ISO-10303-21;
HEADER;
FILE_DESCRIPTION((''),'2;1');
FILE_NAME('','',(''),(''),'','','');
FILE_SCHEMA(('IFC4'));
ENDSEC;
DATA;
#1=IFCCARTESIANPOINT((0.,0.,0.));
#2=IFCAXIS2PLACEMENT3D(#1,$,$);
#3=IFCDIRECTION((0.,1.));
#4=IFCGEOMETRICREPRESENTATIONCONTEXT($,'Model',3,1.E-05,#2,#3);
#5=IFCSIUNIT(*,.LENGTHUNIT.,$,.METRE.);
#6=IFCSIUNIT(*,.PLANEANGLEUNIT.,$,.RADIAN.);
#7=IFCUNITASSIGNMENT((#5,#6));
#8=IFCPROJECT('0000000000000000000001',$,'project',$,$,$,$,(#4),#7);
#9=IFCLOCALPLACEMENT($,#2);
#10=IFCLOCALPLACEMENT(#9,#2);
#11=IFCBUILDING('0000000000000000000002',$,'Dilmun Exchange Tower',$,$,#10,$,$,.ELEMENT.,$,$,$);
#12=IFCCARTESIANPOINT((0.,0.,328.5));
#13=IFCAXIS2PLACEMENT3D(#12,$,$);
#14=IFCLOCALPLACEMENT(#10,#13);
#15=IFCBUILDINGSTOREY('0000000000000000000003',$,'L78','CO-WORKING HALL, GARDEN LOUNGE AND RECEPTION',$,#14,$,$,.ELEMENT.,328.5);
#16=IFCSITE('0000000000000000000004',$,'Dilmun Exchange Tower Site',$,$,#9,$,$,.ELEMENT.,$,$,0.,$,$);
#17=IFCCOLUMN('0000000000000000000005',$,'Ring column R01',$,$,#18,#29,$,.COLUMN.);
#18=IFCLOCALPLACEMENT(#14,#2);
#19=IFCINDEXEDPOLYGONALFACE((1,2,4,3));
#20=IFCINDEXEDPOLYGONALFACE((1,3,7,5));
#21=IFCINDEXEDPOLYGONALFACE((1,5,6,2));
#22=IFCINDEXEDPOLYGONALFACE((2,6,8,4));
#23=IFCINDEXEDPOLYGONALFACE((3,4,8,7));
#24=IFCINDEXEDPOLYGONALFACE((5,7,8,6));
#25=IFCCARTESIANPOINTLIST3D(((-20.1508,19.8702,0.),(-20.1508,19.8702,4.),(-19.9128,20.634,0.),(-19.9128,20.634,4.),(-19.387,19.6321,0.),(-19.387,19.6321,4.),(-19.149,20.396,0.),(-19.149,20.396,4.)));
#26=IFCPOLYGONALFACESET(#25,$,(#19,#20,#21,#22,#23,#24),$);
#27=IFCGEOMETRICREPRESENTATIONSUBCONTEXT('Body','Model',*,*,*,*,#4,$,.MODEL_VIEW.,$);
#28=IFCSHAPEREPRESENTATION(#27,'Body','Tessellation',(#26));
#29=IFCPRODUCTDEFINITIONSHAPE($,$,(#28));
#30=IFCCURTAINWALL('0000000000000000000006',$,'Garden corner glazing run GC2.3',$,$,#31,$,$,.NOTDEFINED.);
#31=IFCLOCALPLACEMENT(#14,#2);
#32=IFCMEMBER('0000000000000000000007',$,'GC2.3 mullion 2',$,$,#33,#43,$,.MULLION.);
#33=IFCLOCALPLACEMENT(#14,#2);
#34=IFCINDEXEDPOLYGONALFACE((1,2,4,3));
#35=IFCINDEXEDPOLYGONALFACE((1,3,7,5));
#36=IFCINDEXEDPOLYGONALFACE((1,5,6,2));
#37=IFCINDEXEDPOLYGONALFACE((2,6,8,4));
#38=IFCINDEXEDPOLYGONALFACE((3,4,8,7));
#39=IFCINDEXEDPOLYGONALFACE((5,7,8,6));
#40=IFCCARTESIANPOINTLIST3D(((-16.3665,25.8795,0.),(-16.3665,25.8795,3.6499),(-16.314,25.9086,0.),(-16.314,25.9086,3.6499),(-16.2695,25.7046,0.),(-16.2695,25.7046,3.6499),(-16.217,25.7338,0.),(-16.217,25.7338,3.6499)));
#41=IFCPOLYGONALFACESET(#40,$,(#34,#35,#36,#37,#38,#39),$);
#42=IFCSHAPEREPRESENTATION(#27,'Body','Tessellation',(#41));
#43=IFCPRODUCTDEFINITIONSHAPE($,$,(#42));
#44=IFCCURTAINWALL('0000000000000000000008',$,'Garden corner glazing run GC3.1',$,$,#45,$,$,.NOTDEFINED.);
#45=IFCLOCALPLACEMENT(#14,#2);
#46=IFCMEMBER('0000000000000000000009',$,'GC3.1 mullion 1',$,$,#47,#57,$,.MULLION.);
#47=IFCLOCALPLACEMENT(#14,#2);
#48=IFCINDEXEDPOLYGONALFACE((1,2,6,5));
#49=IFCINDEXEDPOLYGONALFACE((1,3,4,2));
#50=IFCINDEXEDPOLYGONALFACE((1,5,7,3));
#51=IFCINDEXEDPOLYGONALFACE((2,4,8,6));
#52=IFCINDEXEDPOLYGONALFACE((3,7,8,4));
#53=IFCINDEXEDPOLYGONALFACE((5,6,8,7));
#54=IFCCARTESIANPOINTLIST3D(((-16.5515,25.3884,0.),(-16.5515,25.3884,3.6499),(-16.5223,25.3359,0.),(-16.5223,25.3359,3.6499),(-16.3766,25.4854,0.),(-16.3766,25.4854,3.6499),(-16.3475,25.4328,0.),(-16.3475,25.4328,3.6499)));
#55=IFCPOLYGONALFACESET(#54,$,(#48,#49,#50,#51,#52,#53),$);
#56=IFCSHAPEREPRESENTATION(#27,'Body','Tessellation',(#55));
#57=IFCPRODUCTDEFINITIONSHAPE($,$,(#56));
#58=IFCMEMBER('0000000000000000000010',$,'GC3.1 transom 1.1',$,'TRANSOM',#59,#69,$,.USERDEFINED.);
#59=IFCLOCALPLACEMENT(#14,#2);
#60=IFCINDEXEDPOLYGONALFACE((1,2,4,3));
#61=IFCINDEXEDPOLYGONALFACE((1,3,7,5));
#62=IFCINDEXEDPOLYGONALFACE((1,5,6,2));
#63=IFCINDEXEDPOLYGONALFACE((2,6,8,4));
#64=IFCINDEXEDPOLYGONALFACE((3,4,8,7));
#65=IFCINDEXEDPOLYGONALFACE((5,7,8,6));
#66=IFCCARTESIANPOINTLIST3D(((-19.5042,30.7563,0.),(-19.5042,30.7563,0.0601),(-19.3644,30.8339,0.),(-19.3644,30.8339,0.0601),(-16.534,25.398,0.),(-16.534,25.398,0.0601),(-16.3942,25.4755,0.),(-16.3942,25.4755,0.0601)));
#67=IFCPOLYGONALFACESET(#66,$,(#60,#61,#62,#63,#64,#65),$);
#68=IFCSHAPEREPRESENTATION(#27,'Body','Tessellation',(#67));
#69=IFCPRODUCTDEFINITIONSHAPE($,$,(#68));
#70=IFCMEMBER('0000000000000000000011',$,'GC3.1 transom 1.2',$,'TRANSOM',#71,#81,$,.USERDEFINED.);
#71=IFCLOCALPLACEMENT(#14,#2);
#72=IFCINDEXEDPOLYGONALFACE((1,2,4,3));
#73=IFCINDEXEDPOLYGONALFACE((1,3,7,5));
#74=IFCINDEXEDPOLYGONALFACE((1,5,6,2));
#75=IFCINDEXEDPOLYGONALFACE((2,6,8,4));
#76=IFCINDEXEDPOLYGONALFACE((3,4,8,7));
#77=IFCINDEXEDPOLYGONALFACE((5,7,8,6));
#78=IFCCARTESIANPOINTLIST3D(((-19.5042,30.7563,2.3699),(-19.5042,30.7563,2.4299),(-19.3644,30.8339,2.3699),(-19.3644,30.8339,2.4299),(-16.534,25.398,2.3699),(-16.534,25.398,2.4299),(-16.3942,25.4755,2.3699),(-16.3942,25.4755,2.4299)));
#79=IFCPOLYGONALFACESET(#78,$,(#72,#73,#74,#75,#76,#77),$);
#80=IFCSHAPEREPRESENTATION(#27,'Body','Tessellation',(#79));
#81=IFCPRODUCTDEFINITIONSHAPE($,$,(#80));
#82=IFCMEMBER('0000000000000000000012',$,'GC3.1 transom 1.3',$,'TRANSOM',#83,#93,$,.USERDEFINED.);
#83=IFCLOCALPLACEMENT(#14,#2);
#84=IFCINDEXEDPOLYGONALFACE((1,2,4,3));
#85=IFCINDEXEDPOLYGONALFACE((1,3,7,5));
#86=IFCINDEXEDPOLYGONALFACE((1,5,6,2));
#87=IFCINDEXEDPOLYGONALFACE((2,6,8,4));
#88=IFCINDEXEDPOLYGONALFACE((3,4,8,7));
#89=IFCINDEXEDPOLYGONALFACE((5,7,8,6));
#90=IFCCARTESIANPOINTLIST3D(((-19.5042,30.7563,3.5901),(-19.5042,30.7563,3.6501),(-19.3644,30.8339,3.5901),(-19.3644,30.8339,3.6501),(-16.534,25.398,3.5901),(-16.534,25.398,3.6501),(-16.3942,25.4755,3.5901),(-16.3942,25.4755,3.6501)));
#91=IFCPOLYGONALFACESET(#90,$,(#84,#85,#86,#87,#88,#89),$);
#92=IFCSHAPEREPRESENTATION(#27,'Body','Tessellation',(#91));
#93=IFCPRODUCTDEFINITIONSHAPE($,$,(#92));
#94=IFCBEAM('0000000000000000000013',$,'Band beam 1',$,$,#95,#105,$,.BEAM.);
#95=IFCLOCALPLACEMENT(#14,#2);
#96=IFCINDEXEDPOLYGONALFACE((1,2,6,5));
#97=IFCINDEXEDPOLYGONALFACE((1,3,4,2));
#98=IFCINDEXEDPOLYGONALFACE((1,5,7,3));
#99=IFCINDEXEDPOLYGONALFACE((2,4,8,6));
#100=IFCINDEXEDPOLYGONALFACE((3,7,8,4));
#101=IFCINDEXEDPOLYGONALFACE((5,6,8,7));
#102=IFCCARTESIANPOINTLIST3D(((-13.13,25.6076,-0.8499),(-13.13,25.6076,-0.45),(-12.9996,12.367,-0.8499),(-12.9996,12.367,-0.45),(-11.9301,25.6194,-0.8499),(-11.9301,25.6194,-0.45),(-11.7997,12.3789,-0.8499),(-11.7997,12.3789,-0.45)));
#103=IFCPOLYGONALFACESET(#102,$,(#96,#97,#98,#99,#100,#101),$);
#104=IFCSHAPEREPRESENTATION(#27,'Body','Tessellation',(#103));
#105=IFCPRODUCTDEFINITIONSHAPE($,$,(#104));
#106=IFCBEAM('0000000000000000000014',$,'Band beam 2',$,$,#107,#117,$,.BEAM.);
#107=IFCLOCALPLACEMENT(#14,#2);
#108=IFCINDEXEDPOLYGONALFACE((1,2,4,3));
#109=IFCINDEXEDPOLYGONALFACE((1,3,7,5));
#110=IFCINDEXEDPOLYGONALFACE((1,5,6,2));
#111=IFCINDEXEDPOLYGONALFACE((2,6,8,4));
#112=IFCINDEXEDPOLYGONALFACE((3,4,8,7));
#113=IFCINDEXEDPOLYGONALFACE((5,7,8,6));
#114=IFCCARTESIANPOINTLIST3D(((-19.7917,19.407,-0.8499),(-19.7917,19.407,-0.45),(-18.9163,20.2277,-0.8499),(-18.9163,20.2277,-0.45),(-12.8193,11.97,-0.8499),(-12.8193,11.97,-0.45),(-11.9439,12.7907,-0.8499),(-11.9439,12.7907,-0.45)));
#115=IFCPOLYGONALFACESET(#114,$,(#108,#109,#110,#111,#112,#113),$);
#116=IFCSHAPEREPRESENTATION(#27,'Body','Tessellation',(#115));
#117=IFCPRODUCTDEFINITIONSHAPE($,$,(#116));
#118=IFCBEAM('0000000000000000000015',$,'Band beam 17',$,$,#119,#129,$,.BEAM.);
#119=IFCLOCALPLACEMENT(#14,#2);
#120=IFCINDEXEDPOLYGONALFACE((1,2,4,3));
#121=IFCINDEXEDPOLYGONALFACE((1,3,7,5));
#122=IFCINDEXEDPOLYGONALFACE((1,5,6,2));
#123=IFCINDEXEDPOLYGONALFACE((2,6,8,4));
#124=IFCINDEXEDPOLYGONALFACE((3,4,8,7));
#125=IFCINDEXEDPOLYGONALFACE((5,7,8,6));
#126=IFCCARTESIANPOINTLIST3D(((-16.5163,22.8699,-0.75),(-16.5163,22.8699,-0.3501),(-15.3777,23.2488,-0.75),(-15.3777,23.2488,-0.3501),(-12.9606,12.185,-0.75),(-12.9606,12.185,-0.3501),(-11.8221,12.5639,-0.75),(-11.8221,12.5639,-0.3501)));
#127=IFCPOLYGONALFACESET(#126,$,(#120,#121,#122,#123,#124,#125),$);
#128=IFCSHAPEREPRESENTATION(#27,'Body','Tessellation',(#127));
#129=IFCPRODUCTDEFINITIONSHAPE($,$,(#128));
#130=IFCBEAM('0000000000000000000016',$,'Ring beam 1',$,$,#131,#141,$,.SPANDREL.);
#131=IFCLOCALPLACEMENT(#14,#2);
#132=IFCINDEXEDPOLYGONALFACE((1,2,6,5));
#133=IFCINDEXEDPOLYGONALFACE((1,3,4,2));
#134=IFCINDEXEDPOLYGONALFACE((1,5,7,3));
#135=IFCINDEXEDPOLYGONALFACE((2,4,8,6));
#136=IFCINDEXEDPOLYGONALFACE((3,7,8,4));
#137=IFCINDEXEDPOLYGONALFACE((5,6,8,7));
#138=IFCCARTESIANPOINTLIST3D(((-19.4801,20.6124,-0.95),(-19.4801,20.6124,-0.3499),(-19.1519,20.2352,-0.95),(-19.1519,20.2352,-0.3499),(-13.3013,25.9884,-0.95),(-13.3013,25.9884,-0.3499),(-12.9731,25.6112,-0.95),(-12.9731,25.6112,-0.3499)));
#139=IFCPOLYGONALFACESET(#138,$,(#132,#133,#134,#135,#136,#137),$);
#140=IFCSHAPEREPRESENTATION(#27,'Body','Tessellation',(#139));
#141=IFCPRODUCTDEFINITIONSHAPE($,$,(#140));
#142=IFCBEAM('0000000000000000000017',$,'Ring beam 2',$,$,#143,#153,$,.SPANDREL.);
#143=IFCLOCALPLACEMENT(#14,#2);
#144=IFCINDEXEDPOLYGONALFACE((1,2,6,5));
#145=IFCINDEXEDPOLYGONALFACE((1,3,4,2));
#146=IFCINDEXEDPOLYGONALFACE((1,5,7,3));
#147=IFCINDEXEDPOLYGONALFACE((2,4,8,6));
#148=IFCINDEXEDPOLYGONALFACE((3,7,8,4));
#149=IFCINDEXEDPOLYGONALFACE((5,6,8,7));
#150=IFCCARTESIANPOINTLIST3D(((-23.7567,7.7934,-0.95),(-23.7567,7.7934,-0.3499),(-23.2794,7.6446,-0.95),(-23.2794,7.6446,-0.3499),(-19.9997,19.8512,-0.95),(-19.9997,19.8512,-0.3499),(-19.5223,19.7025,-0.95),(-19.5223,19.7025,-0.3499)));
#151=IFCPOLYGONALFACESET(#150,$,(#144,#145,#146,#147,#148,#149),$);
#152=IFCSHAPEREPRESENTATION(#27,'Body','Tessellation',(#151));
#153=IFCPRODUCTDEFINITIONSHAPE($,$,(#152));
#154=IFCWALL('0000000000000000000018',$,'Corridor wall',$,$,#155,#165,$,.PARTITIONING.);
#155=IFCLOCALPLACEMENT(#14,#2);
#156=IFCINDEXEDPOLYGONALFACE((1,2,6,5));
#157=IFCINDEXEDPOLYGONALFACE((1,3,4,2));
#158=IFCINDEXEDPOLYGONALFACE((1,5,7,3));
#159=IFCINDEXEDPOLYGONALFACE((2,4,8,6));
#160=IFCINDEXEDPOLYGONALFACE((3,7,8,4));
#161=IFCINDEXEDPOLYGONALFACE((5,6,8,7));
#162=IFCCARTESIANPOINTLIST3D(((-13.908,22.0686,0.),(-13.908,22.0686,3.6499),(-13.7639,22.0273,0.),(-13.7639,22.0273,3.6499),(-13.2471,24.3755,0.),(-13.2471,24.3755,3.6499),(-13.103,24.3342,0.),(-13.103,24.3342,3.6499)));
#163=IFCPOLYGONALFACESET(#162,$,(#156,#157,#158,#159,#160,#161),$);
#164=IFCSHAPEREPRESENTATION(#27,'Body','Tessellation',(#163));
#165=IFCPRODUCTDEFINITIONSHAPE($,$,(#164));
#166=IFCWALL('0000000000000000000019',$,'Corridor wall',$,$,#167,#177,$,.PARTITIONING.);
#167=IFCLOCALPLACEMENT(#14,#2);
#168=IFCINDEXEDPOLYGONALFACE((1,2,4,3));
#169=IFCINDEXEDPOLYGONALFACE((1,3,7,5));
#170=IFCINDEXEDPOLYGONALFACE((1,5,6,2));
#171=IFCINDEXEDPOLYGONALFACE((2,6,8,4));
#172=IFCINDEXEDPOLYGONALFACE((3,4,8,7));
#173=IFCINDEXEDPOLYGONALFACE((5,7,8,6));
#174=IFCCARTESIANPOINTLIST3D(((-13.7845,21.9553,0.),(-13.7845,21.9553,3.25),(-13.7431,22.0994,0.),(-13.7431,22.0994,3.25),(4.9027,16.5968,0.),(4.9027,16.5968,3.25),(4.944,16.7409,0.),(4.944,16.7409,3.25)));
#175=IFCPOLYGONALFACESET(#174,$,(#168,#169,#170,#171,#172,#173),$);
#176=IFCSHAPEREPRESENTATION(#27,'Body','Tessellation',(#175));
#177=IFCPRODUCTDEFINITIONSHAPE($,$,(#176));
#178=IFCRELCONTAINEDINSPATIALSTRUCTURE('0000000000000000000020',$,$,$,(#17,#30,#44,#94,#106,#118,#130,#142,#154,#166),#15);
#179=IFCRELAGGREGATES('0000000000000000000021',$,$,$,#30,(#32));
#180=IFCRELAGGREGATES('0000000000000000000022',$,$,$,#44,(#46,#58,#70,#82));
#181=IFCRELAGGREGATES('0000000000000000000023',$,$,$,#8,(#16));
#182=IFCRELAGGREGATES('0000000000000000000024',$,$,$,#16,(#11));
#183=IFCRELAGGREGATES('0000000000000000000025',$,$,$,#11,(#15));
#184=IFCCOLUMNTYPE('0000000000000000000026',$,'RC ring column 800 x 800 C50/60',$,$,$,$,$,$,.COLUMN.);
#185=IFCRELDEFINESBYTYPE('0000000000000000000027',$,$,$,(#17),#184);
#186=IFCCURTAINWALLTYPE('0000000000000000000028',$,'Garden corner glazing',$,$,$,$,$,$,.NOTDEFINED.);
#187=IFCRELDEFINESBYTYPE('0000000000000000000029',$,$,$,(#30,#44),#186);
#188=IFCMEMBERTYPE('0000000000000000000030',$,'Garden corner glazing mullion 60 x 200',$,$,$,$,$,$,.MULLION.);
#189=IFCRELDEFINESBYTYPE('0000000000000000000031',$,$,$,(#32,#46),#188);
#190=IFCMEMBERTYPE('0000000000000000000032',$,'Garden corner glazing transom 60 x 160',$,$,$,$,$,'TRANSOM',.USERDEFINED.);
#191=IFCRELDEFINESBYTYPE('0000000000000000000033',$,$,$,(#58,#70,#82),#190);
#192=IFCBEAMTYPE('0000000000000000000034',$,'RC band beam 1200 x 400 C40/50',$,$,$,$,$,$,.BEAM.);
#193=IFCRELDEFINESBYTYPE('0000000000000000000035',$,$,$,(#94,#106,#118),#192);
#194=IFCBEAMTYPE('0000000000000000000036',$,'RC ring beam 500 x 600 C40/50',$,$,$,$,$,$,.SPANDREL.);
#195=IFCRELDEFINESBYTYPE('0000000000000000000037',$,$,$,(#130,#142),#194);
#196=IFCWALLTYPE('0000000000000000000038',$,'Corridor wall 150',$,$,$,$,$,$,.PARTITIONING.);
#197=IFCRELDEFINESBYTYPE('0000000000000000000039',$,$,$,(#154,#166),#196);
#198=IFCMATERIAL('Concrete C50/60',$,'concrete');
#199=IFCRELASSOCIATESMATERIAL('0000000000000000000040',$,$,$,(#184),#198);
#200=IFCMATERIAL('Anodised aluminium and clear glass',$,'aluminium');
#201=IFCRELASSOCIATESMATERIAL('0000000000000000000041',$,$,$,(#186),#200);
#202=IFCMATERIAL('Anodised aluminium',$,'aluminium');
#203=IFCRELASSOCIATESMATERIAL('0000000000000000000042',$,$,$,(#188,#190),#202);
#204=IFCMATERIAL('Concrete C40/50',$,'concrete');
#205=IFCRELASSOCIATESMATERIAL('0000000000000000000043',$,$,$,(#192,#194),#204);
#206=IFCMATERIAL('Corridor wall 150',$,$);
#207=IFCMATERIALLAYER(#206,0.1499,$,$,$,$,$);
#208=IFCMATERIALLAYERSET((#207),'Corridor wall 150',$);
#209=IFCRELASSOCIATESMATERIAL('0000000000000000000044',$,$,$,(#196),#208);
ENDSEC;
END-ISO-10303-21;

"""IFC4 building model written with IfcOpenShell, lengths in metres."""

from ifc_helpers import new_model, si_unit, direction, frame, frame_2d, origin, origin_2d, place, context, subcontext, project, spatial, rectangle, extrude, material, layer, layer_set, material_profile, profile_set, type_object, element, aggregate, save


model = new_model("IFC4")

# Units and contexts
model_context = context("Model", 3, precision=1e-05, world=origin(), true_north=direction((0.0, 1.0)))
body_context = subcontext(model_context, "Body", "Model", "MODEL_VIEW")
ifc_project = project(units=[si_unit("LENGTHUNIT", "METRE"), si_unit("PLANEANGLEUNIT", "RADIAN")], contexts=[model_context])

# Site, building, storey
site_placement = place(None, origin())
site = spatial("IfcSite", under=ifc_project, at=site_placement, Name="Dilmun Exchange Tower Site", CompositionType="ELEMENT", RefElevation=0.0)
building_placement = place(site_placement, origin())
building = spatial("IfcBuilding", under=site, at=building_placement, Name="Dilmun Exchange Tower", CompositionType="ELEMENT")
storey_placement = place(building_placement, frame((0.0, 0.0, 328.5)))
storey = spatial("IfcBuildingStorey", under=building, at=storey_placement, Name="L78", Description="CO-WORKING HALL, GARDEN LOUNGE AND RECEPTION", CompositionType="ELEMENT", Elevation=328.5)

# Column
ifc_material_1 = material(Name="Concrete C50/60", Category="concrete")
ifc_material_profile_1 = material_profile(ifc_material_1, rectangle(XDim=0.8, YDim=0.8, at=origin_2d()), Name="800 x 800")
ifc_profile_set_1 = profile_set([ifc_material_profile_1], Name="Concrete C50/60")
column_type = type_object("IfcColumnType", Name="RC ring column 800 x 800 C50/60", PredefinedType="COLUMN", material=ifc_profile_set_1)
column_placement = place(storey_placement, frame((-19.6499, 20.1331, 0.0), z_axis=(0.0, 0.0, 1.0), x_axis=(0.297503, 0.954721, 0.0)))
element("IfcColumn", 1, at=column_placement, inside=storey, type_object=column_type, Name="Ring column R01", PredefinedType="COLUMN", context=body_context, shape_type="SweptSolid", body=[
    extrude(rectangle(XDim=0.8, YDim=0.8, at=origin_2d()), origin(), (0.0, 0.0, 1.0), 4.0),
])

# Curtain wall, member
ifc_material_2 = material(Name="Anodised aluminium and clear glass", Category="aluminium")
curtain_wall_type = type_object("IfcCurtainWallType", Name="Garden corner glazing", PredefinedType="NOTDEFINED", material=ifc_material_2)
curtain_wall_1_placement = place(storey_placement, origin())
curtain_wall_1 = element("IfcCurtainWall", 2, at=curtain_wall_1_placement, inside=storey, type_object=curtain_wall_type, Name="Garden corner glazing run GC2.3", PredefinedType="NOTDEFINED")
ifc_material_3 = material(Name="Anodised aluminium", Category="aluminium")
ifc_material_profile_2 = material_profile(ifc_material_3, rectangle(XDim=0.2, YDim=0.0601, at=origin_2d()), Name="AL 60x200")
ifc_profile_set_2 = profile_set([ifc_material_profile_2], Name="Anodised aluminium")
member_type_1 = type_object("IfcMemberType", Name="Garden corner glazing mullion 60 x 200", PredefinedType="MULLION", material=ifc_profile_set_2)
member_1_placement = place(storey_placement, frame((-16.2917, 25.8066, 0.0), z_axis=(0.0, 0.0, 1.0), x_axis=(0.484812, -0.874618, 0.0)))
member_1 = element("IfcMember", 3, at=member_1_placement, type_object=member_type_1, Name="GC2.3 mullion 2", PredefinedType="MULLION", context=body_context, shape_type="SweptSolid", body=[
    extrude(rectangle(XDim=0.2, YDim=0.0601, at=origin_2d()), origin(), (0.0, 0.0, 1.0), 3.6499),
])
aggregate(curtain_wall_1, [member_1])

# Curtain wall, members
curtain_wall_2_placement = place(storey_placement, origin())
curtain_wall_2 = element("IfcCurtainWall", 4, at=curtain_wall_2_placement, inside=storey, type_object=curtain_wall_type, Name="Garden corner glazing run GC3.1", PredefinedType="NOTDEFINED")
member_2_placement = place(storey_placement, frame((-16.4495, 25.4106, 0.0), z_axis=(0.0, 0.0, 1.0), x_axis=(-0.874624, -0.484803, 0.0)))
member_2 = element("IfcMember", 5, at=member_2_placement, type_object=member_type_1, Name="GC3.1 mullion 1", PredefinedType="MULLION", context=body_context, shape_type="SweptSolid", body=[
    extrude(rectangle(XDim=0.2, YDim=0.0601, at=origin_2d()), origin(), (0.0, 0.0, 1.0), 3.6499),
])
ifc_material_profile_3 = material_profile(ifc_material_3, rectangle(XDim=0.1599, YDim=0.0601, at=origin_2d()), Name="AL 60x160")
ifc_profile_set_3 = profile_set([ifc_material_profile_3], Name="Anodised aluminium")
member_type_2 = type_object("IfcMemberType", Name="Garden corner glazing transom 60 x 160", ElementType="TRANSOM", PredefinedType="USERDEFINED", material=ifc_profile_set_3)
member_3_placement = place(storey_placement, frame((-16.4641, 25.4368, 0.03), z_axis=(-0.48481, 0.874619, 0.0), x_axis=(-0.874619, -0.48481, 0.0)))
member_3 = element("IfcMember", 6, at=member_3_placement, type_object=member_type_2, Name="GC3.1 transom 1.1", ObjectType="TRANSOM", PredefinedType="USERDEFINED", context=body_context, shape_type="SweptSolid", body=[
    extrude(rectangle(XDim=0.1599, YDim=0.0601, at=origin_2d()), origin(), (0.0, 0.0, 1.0), 6.1265),
])
member_4_placement = place(storey_placement, frame((-16.4641, 25.4368, 2.3999), z_axis=(-0.48481, 0.874619, 0.0), x_axis=(-0.874619, -0.48481, 0.0)))
member_4 = element("IfcMember", 7, at=member_4_placement, type_object=member_type_2, Name="GC3.1 transom 1.2", ObjectType="TRANSOM", PredefinedType="USERDEFINED", context=body_context, shape_type="SweptSolid", body=[
    extrude(rectangle(XDim=0.1599, YDim=0.0601, at=origin_2d()), origin(), (0.0, 0.0, 1.0), 6.1265),
])
member_5_placement = place(storey_placement, frame((-16.4641, 25.4368, 3.6201), z_axis=(-0.48481, 0.874619, 0.0), x_axis=(-0.874619, -0.48481, 0.0)))
member_5 = element("IfcMember", 8, at=member_5_placement, type_object=member_type_2, Name="GC3.1 transom 1.3", ObjectType="TRANSOM", PredefinedType="USERDEFINED", context=body_context, shape_type="SweptSolid", body=[
    extrude(rectangle(XDim=0.1599, YDim=0.0601, at=origin_2d()), origin(), (0.0, 0.0, 1.0), 6.1265),
])
aggregate(curtain_wall_2, [member_2, member_3, member_4, member_5])

# Beams
ifc_material_4 = material(Name="Concrete C40/50", Category="concrete")
ifc_material_profile_4 = material_profile(ifc_material_4, rectangle(XDim=1.2, YDim=0.3999, at=origin_2d()), Name="1200 x 400")
ifc_profile_set_4 = profile_set([ifc_material_profile_4], Name="Concrete C40/50")
beam_type_1 = type_object("IfcBeamType", Name="RC band beam 1200 x 400 C40/50", PredefinedType="BEAM", material=ifc_profile_set_4)
beam_1_placement = place(storey_placement, frame((-12.53, 25.6135, -0.6499), z_axis=(0.009846, -0.999952, 0.0), x_axis=(0.999952, 0.009846, 0.0)))
element("IfcBeam", 9, at=beam_1_placement, inside=storey, type_object=beam_type_1, Name="Band beam 1", PredefinedType="BEAM", context=body_context, shape_type="SweptSolid", body=[
    extrude(rectangle(XDim=1.2, YDim=0.3999, at=origin_2d()), origin(), (0.0, 0.0, 1.0), 13.2412),
])
beam_2_placement = place(storey_placement, frame((-19.354, 19.8174, -0.6499), z_axis=(0.683952, -0.729527, 0.0), x_axis=(0.729527, 0.683952, 0.0)))
element("IfcBeam", 10, at=beam_2_placement, inside=storey, type_object=beam_type_1, Name="Band beam 2", PredefinedType="BEAM", context=body_context, shape_type="SweptSolid", body=[
    extrude(rectangle(XDim=1.2, YDim=0.3999, at=origin_2d()), origin(), (0.0, 0.0, 1.0), 10.1943),
])
beam_3_placement = place(storey_placement, frame((-15.947, 23.0593, -0.55), z_axis=(0.315753, -0.948841, 0.0), x_axis=(0.948841, 0.315753, 0.0)))
element("IfcBeam", 11, at=beam_3_placement, inside=storey, type_object=beam_type_1, Name="Band beam 17", PredefinedType="BEAM", context=body_context, shape_type="SweptSolid", body=[
    extrude(rectangle(XDim=1.2, YDim=0.3999, at=origin_2d()), origin(), (0.0, 0.0, 1.0), 11.261),
])
ifc_material_profile_5 = material_profile(ifc_material_4, rectangle(XDim=0.5, YDim=0.6001, at=origin_2d()), Name="500 x 600")
ifc_profile_set_5 = profile_set([ifc_material_profile_5], Name="Concrete C40/50")
beam_type_2 = type_object("IfcBeamType", Name="RC ring beam 500 x 600 C40/50", PredefinedType="SPANDREL", material=ifc_profile_set_5)
beam_4_placement = place(storey_placement, frame((-13.1372, 25.7998, -0.6499), z_axis=(-0.754413, -0.6564, 0.0), x_axis=(0.6564, -0.754413, 0.0)))
element("IfcBeam", 12, at=beam_4_placement, inside=storey, type_object=beam_type_2, Name="Ring beam 1", PredefinedType="SPANDREL", context=body_context, shape_type="SweptSolid", body=[
    extrude(rectangle(XDim=0.5, YDim=0.6001, at=origin_2d()), origin(), (0.0, 0.0, 1.0), 8.1902),
])
beam_5_placement = place(storey_placement, frame((-19.761, 19.7769, -0.6499), z_axis=(-0.297481, -0.954728, 0.0), x_axis=(0.954728, -0.297481, 0.0)))
element("IfcBeam", 13, at=beam_5_placement, inside=storey, type_object=beam_type_2, Name="Ring beam 2", PredefinedType="SPANDREL", context=body_context, shape_type="SweptSolid", body=[
    extrude(rectangle(XDim=0.5, YDim=0.6001, at=origin_2d()), origin(), (0.0, 0.0, 1.0), 12.6296),
])

# Walls
ifc_material_5 = material(Name="Corridor wall 150")
ifc_layer = layer(ifc_material_5, 0.1499)
ifc_layer_set = layer_set([ifc_layer], Name="Corridor wall 150")
wall_type = type_object("IfcWallType", Name="Corridor wall 150", PredefinedType="PARTITIONING", material=ifc_layer_set)
wall_1_placement = place(storey_placement, frame((-13.8359, 22.0481, 0.0), z_axis=(0.0, 0.0, 1.0), x_axis=(0.275406, 0.961328, 0.0)))
element("IfcWall", 14, at=wall_1_placement, inside=storey, type_object=wall_type, Name="Corridor wall", PredefinedType="PARTITIONING", context=body_context, shape_type="SweptSolid", body=[
    extrude(rectangle(XDim=2.3997, YDim=0.1499, at=frame_2d((1.1997, 0.0))), origin(), (0.0, 0.0, 1.0), 3.6499),
])
wall_2_placement = place(storey_placement, frame((-13.7639, 22.0273, 0.0), z_axis=(0.0, 0.0, 1.0), x_axis=(0.961262, -0.275637, 0.0)))
element("IfcWall", 15, at=wall_2_placement, inside=storey, type_object=wall_type, Name="Corridor wall", PredefinedType="PARTITIONING", context=body_context, shape_type="SweptSolid", body=[
    extrude(rectangle(XDim=19.4402, YDim=0.1499, at=frame_2d((9.7202, 0.0))), origin(), (0.0, 0.0, 1.0), 3.25),
])

save(model, "model.ifc")
